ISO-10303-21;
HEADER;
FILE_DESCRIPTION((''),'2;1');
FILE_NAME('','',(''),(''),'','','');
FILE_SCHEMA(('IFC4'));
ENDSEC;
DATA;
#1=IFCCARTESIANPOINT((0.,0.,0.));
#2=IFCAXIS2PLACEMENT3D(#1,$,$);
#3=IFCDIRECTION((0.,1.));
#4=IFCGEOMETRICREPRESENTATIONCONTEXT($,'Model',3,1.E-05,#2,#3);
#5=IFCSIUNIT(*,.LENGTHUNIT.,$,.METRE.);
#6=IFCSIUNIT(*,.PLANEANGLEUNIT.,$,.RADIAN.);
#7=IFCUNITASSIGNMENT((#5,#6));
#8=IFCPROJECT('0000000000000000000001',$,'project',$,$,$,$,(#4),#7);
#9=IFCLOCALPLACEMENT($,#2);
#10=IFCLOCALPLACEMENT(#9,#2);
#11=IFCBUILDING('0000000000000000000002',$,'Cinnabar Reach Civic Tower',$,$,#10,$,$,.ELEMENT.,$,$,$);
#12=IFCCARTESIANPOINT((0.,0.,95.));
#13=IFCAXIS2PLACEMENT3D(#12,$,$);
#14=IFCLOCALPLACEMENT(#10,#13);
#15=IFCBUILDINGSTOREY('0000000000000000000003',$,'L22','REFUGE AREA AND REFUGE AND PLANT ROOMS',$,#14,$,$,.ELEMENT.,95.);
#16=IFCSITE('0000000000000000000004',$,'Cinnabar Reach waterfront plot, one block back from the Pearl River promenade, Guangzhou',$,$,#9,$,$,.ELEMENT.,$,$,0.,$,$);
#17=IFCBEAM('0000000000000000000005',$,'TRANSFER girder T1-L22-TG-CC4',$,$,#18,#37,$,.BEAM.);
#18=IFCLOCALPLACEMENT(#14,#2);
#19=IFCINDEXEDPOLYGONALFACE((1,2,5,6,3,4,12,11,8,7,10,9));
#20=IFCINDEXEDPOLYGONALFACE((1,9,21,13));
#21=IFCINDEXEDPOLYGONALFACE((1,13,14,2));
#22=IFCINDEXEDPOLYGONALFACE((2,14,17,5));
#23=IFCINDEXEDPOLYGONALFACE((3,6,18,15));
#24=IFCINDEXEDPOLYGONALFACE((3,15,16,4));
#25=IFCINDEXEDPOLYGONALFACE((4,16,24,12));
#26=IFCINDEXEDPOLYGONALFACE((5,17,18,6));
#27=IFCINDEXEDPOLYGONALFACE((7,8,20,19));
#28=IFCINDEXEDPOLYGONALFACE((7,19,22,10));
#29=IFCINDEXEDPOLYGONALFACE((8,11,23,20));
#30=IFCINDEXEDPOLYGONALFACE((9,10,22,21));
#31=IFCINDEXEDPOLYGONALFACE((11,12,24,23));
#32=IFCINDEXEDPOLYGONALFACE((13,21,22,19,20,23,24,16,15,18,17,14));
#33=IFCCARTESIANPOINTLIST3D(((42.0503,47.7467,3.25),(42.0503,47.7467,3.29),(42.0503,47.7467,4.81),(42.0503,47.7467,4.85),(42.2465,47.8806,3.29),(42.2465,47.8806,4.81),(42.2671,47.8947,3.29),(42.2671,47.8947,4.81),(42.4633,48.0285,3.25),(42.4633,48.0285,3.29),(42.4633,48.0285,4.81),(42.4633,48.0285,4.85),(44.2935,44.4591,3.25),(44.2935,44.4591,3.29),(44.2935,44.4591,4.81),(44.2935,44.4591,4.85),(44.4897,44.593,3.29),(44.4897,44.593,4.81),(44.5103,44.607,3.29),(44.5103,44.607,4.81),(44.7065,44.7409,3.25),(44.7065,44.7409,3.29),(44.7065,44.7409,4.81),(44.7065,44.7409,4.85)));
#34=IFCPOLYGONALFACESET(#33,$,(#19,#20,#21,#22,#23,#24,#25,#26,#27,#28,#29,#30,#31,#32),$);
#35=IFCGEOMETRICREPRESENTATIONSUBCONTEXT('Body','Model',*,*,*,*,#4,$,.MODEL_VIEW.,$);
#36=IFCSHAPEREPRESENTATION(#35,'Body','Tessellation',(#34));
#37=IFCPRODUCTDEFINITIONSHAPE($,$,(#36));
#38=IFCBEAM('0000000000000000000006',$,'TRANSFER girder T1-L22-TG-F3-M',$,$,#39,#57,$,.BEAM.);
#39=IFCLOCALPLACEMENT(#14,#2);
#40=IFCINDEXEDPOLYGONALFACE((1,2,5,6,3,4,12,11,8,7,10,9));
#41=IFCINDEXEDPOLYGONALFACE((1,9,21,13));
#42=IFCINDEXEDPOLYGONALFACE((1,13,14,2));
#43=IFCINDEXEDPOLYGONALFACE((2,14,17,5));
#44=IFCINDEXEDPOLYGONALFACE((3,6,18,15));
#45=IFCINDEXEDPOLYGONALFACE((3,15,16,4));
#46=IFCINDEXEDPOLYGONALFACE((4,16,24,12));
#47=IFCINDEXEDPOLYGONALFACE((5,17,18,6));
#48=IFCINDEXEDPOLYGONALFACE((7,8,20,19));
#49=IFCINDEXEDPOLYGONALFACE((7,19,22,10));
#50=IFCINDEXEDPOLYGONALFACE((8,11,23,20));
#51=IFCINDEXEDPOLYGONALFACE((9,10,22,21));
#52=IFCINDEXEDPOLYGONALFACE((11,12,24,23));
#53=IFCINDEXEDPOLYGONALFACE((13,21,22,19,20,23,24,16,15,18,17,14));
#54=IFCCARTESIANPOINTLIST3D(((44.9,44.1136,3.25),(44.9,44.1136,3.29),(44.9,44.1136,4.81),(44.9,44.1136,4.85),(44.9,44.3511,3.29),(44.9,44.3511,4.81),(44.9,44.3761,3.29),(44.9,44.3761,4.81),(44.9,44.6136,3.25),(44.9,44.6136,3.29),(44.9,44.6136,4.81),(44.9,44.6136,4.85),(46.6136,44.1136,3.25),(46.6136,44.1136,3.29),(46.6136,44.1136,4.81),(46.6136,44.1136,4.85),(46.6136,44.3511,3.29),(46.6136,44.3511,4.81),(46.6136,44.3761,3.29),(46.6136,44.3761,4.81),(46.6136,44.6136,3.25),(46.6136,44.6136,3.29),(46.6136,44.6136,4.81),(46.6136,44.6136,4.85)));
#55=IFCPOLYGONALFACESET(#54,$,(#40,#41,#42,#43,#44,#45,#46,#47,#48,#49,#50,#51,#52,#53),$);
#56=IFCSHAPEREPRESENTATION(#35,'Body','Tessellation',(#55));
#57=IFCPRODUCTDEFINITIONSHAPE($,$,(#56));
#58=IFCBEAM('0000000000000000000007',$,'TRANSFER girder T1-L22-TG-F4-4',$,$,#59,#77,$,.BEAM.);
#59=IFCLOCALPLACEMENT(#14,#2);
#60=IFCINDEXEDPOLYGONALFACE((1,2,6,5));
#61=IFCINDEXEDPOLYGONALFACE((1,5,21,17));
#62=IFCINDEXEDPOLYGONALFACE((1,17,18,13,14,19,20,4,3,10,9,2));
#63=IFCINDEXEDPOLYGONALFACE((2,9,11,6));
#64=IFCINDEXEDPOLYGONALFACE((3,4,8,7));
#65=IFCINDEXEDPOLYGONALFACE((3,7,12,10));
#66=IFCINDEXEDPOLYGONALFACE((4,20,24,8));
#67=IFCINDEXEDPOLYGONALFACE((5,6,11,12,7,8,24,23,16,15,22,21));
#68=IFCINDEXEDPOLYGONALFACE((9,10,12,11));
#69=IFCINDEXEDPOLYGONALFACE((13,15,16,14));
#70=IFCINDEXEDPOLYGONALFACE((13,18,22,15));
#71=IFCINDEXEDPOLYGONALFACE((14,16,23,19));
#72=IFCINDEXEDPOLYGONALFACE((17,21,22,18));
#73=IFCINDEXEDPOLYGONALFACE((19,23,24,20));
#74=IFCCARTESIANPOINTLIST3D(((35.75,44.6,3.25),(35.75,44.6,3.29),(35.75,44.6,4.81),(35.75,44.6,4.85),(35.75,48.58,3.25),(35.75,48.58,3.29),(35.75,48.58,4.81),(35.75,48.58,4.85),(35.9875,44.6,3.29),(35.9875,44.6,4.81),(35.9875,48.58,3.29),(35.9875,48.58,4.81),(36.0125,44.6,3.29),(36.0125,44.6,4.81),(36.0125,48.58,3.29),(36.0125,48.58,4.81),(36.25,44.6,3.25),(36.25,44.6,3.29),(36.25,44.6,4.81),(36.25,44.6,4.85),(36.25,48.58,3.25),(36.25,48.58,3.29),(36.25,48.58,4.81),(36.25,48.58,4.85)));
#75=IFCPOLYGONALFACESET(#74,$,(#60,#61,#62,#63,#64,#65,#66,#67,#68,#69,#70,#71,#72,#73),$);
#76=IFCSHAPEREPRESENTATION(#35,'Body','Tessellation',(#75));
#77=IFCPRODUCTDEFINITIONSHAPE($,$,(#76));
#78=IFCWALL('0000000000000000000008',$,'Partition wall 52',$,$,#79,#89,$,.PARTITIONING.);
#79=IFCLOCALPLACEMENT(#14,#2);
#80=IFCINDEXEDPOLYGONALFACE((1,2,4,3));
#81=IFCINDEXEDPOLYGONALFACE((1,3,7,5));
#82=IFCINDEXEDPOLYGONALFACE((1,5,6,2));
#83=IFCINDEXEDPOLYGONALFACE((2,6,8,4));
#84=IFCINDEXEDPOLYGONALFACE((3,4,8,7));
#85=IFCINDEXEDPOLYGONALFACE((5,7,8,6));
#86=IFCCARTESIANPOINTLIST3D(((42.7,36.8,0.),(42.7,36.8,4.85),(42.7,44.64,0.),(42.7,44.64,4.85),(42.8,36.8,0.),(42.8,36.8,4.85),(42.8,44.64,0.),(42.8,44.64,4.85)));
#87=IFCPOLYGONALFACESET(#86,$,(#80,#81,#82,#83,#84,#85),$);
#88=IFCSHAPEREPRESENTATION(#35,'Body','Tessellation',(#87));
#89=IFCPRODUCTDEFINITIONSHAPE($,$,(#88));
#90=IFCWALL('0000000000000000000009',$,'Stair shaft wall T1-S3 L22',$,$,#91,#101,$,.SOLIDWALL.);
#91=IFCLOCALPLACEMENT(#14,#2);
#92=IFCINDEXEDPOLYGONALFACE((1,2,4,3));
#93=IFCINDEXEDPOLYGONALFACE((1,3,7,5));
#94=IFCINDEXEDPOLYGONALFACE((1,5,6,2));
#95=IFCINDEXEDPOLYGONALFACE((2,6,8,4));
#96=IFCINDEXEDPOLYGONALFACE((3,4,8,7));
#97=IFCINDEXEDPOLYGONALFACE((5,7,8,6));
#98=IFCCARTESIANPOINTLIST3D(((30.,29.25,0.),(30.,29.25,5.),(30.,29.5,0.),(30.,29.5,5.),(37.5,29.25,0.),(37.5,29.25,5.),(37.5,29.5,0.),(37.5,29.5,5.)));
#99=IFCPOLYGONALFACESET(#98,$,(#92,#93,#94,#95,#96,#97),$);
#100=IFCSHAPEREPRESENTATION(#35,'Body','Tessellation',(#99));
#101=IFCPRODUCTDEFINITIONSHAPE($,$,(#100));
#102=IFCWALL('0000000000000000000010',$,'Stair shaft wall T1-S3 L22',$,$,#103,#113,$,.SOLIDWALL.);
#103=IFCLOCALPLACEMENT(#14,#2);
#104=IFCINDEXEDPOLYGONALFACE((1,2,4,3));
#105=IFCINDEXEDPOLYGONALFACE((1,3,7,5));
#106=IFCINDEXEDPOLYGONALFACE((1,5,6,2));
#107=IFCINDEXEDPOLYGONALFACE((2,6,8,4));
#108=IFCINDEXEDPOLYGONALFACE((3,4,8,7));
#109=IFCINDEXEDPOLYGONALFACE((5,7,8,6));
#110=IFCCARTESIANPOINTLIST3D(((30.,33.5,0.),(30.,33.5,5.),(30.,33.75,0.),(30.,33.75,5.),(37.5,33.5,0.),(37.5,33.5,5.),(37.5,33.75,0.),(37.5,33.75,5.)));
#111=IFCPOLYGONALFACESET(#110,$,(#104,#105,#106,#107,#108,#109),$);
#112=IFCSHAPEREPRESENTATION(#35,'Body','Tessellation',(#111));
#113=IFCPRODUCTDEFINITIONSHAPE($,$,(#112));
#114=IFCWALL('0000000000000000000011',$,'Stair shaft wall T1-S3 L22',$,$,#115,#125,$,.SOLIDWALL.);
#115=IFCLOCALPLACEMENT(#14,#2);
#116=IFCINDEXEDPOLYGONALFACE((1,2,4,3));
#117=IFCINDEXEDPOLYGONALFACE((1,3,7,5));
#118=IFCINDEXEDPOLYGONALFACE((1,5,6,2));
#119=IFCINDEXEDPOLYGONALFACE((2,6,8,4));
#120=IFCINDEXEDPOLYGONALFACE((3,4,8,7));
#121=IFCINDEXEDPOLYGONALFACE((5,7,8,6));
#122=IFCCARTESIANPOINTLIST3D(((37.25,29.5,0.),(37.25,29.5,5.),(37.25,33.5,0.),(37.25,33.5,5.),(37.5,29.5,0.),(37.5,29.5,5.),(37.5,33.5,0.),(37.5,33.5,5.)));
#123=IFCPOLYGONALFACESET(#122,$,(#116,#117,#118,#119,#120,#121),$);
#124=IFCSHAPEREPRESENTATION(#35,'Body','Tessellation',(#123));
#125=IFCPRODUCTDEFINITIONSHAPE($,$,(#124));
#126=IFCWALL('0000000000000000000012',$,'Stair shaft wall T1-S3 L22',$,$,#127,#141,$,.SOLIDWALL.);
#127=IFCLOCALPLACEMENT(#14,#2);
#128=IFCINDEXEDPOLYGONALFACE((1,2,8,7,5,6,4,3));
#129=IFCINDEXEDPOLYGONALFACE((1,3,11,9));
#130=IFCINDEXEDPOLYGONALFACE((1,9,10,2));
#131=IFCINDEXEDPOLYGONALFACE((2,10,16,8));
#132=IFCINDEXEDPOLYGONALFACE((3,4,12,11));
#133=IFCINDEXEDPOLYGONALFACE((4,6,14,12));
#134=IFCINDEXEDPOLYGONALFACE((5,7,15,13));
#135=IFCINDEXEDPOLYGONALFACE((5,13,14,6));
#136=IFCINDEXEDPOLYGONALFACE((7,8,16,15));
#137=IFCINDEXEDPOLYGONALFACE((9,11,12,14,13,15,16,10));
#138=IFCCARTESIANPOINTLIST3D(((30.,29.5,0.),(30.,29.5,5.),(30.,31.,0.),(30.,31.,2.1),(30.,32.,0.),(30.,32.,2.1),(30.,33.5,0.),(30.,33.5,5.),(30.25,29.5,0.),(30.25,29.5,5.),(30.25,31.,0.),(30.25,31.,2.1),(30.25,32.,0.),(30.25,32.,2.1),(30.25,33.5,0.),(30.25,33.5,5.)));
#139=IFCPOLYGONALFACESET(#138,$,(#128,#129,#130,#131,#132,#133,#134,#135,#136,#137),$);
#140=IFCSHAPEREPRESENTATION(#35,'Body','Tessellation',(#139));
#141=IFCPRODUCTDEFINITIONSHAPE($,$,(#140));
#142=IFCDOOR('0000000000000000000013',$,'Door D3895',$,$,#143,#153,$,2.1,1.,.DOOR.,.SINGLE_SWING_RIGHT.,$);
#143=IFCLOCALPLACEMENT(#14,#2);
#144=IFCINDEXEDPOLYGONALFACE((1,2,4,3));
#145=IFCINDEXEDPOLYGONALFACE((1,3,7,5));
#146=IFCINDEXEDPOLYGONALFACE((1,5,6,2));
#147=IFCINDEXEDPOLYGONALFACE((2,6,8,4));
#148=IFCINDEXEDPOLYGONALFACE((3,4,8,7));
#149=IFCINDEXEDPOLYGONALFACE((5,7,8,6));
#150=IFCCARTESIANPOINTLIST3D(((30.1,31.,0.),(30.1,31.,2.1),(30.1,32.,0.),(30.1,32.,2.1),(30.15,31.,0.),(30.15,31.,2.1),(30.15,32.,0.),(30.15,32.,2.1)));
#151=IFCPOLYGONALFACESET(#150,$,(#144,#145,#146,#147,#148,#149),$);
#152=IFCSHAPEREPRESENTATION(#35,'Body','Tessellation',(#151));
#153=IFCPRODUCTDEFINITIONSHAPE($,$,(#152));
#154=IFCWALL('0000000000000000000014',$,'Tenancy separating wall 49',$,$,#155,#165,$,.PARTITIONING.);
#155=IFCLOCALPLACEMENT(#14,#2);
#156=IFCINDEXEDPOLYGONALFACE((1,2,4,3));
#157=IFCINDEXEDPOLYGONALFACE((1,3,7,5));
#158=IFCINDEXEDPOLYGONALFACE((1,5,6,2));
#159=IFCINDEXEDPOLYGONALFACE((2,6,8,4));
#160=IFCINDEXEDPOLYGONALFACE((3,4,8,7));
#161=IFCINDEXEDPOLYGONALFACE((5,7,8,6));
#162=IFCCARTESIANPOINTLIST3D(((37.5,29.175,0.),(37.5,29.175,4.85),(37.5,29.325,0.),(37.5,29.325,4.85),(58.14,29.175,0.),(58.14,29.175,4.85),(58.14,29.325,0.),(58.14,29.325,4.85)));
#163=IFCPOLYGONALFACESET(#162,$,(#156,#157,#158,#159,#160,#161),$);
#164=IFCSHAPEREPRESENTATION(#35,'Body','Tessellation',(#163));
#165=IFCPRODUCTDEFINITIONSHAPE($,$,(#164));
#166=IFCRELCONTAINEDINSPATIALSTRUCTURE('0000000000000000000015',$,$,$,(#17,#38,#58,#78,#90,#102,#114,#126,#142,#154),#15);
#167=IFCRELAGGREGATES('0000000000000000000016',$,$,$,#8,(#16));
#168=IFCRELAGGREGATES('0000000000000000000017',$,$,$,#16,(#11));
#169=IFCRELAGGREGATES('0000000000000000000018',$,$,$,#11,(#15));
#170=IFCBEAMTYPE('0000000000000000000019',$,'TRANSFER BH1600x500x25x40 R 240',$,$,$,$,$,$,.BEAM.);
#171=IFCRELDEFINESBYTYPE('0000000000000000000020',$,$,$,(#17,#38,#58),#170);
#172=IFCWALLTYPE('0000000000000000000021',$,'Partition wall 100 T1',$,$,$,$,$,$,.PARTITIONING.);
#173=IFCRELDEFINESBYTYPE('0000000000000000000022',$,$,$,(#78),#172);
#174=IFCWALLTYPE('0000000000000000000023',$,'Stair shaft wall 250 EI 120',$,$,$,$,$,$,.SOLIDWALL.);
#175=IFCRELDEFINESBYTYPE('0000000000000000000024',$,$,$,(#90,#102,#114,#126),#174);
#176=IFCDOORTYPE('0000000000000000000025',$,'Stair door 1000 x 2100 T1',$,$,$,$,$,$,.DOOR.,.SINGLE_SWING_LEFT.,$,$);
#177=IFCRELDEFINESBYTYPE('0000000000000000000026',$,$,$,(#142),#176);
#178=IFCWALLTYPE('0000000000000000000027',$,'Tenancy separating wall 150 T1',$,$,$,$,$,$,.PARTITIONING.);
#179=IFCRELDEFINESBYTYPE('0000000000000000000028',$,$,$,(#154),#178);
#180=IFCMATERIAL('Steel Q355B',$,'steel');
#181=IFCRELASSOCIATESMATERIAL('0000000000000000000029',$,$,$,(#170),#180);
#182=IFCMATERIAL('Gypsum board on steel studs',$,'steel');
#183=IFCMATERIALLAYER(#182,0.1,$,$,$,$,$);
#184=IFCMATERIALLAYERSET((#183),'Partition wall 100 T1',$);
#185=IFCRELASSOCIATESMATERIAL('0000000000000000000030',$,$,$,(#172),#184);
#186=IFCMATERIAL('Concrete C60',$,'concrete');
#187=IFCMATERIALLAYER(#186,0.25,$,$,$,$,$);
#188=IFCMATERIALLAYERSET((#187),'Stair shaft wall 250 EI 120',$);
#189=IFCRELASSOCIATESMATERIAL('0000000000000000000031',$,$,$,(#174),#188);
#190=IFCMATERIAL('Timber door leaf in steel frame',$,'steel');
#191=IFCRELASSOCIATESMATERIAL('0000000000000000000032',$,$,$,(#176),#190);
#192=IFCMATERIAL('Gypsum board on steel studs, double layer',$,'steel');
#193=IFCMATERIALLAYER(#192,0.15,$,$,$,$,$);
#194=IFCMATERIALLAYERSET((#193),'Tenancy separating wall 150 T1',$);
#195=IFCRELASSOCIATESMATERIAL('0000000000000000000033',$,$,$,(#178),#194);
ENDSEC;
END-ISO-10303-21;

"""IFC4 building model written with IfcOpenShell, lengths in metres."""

from ifc_helpers import new_model, si_unit, direction, frame, frame_2d, origin, origin_2d, place, context, subcontext, project, spatial, rectangle, i_section, extrude, material, layer, layer_set, material_profile, profile_set, type_object, element, fill, save


model = new_model("IFC4")

# Units and contexts
model_context = context("Model", 3, precision=1e-05, world=origin(), true_north=direction((0.0, 1.0)))
body_context = subcontext(model_context, "Body", "Model", "MODEL_VIEW")
ifc_project = project(units=[si_unit("LENGTHUNIT", "METRE"), si_unit("PLANEANGLEUNIT", "RADIAN")], contexts=[model_context])

# Site, building, storey
site_placement = place(None, origin())
site = spatial("IfcSite", under=ifc_project, at=site_placement, Name="Cinnabar Reach waterfront plot, one block back from the Pearl River promenade, Guangzhou", CompositionType="ELEMENT", RefElevation=0.0)
building_placement = place(site_placement, origin())
building = spatial("IfcBuilding", under=site, at=building_placement, Name="Cinnabar Reach Civic Tower", CompositionType="ELEMENT")
storey_placement = place(building_placement, frame((0.0, 0.0, 95.0)))
storey = spatial("IfcBuildingStorey", under=building, at=storey_placement, Name="L22", Description="REFUGE AREA AND REFUGE AND PLANT ROOMS", CompositionType="ELEMENT", Elevation=95.0)

# Beams
ifc_material_1 = material(Name="Steel Q355B", Category="steel")
ifc_material_profile_1 = material_profile(ifc_material_1, i_section(OverallWidth=0.5, OverallDepth=1.6, WebThickness=0.025, FlangeThickness=0.04, at=origin_2d()), Name="BH1600x500x25x40")
ifc_profile_set_1 = profile_set([ifc_material_profile_1], Name="Steel Q355B")
beam_type_1 = type_object("IfcBeamType", Name="TRANSFER BH1600x500x25x40 R 240", PredefinedType="BEAM", material=ifc_profile_set_1)
beam_1_placement = place(storey_placement, frame((44.5, 44.6, 4.05), z_axis=(-0.563621, 0.826034, 0.0), x_axis=(-0.826034, -0.563621, 0.0)))
element("IfcBeam", 1, at=beam_1_placement, inside=storey, type_object=beam_type_1, Name="TRANSFER girder T1-L22-TG-CC4", PredefinedType="BEAM", context=body_context, shape_type="SweptSolid", body=[
    extrude(i_section(OverallWidth=0.5, OverallDepth=1.6, WebThickness=0.025, FlangeThickness=0.04, at=origin_2d()), origin(), (0.0, 0.0, 1.0), 3.98),
])
beam_2_placement = place(storey_placement, frame((44.9, 44.3636, 4.05), z_axis=(1.0, 0.0, 0.0), x_axis=(0.0, 1.0, 0.0)))
element("IfcBeam", 2, at=beam_2_placement, inside=storey, type_object=beam_type_1, Name="TRANSFER girder T1-L22-TG-F3-M", PredefinedType="BEAM", context=body_context, shape_type="SweptSolid", body=[
    extrude(i_section(OverallWidth=0.5, OverallDepth=1.6, WebThickness=0.025, FlangeThickness=0.04, at=origin_2d()), origin(), (0.0, 0.0, 1.0), 1.7136),
])
beam_3_placement = place(storey_placement, frame((36.0, 44.6, 4.05), z_axis=(0.0, 1.0, 0.0), x_axis=(-1.0, 0.0, 0.0)))
element("IfcBeam", 3, at=beam_3_placement, inside=storey, type_object=beam_type_1, Name="TRANSFER girder T1-L22-TG-F4-4", PredefinedType="BEAM", context=body_context, shape_type="SweptSolid", body=[
    extrude(i_section(OverallWidth=0.5, OverallDepth=1.6, WebThickness=0.025, FlangeThickness=0.04, at=origin_2d()), origin(), (0.0, 0.0, 1.0), 3.98),
])

# Walls
ifc_material_2 = material(Name="Gypsum board on steel studs", Category="steel")
ifc_layer_1 = layer(ifc_material_2, 0.1)
ifc_layer_set_1 = layer_set([ifc_layer_1], Name="Partition wall 100 T1")
wall_type_1 = type_object("IfcWallType", Name="Partition wall 100 T1", PredefinedType="PARTITIONING", material=ifc_layer_set_1)
wall_1_placement = place(storey_placement, frame((42.75, 36.8, 0.0), z_axis=(0.0, 0.0, 1.0), x_axis=(0.0, 1.0, 0.0)))
element("IfcWall", 4, at=wall_1_placement, inside=storey, type_object=wall_type_1, Name="Partition wall 52", PredefinedType="PARTITIONING", context=body_context, shape_type="SweptSolid", body=[
    extrude(rectangle(XDim=7.84, YDim=0.1, at=frame_2d((3.92, 0.0))), origin(), (0.0, 0.0, 1.0), 4.85),
])
ifc_material_3 = material(Name="Concrete C60", Category="concrete")
ifc_layer_2 = layer(ifc_material_3, 0.25)
ifc_layer_set_2 = layer_set([ifc_layer_2], Name="Stair shaft wall 250 EI 120")
wall_type_2 = type_object("IfcWallType", Name="Stair shaft wall 250 EI 120", PredefinedType="SOLIDWALL", material=ifc_layer_set_2)
for number, where, z_axis, x_axis, name in (
    (5, (30.0, 29.375, 0.0), (0.0, 0.0, 1.0), (1.0, 0.0, 0.0), "Stair shaft wall T1-S3 L22"),
    (6, (37.5, 33.625, 0.0), (0.0, 0.0, 1.0), (-1.0, 0.0, 0.0), "Stair shaft wall T1-S3 L22"),
):
    element("IfcWall", number, at=place(storey_placement, frame(where, z_axis=z_axis, x_axis=x_axis)), inside=storey, type_object=wall_type_2, Name=name, PredefinedType="SOLIDWALL", context=body_context, shape_type="SweptSolid", body=[
        extrude(rectangle(XDim=7.5, YDim=0.25, at=frame_2d((3.75, 0.0))), origin(), (0.0, 0.0, 1.0), 5.0),
    ])
wall_2_placement = place(storey_placement, frame((37.375, 29.5, 0.0), z_axis=(0.0, 0.0, 1.0), x_axis=(0.0, 1.0, 0.0)))
element("IfcWall", 7, at=wall_2_placement, inside=storey, type_object=wall_type_2, Name="Stair shaft wall T1-S3 L22", PredefinedType="SOLIDWALL", context=body_context, shape_type="SweptSolid", body=[
    extrude(rectangle(XDim=4.0, YDim=0.25, at=frame_2d((2.0, 0.0))), origin(), (0.0, 0.0, 1.0), 5.0),
])

# Wall, opening, door
wall_3_placement = place(storey_placement, frame((30.125, 33.5, 0.0), z_axis=(0.0, 0.0, 1.0), x_axis=(0.0, -1.0, 0.0)))
wall_3 = element("IfcWall", 8, at=wall_3_placement, inside=storey, type_object=wall_type_2, Name="Stair shaft wall T1-S3 L22", PredefinedType="SOLIDWALL", context=body_context, shape_type="SweptSolid", body=[
    extrude(rectangle(XDim=4.0, YDim=0.25, at=frame_2d((2.0, 0.0))), origin(), (0.0, 0.0, 1.0), 5.0),
])
opening_placement = place(wall_3_placement, frame((1.5, 0.0, 0.0)))
opening = element("IfcOpeningElement", 9, at=opening_placement, cuts=wall_3, PredefinedType="OPENING", context=body_context, shape_type="SweptSolid", body=[
    extrude(rectangle(XDim=1.0, YDim=2.1, at=frame_2d((0.5, 1.05))), frame((0.0, 0.135, 0.0), z_axis=(0.0, -1.0, 0.0), x_axis=(1.0, 0.0, 0.0)), (0.0, 0.0, 1.0), 0.27),
])
ifc_material_4 = material(Name="Timber door leaf in steel frame", Category="steel")
door_type = type_object("IfcDoorType", Name="Stair door 1000 x 2100 T1", OperationType="SINGLE_SWING_LEFT", PredefinedType="DOOR", material=ifc_material_4)
door_placement = place(opening_placement, origin())
door = element("IfcDoor", 10, at=door_placement, inside=storey, type_object=door_type, Name="Door D3895", OperationType="SINGLE_SWING_RIGHT", OverallHeight=2.1, OverallWidth=1.0, PredefinedType="DOOR", context=body_context, shape_type="SweptSolid", body=[
    extrude(rectangle(XDim=1.0, YDim=2.1, at=frame_2d((0.5, 1.05))), frame((0.0, 0.025, 0.0), z_axis=(0.0, -1.0, 0.0), x_axis=(1.0, 0.0, 0.0)), (0.0, 0.0, 1.0), 0.05),
])
fill(opening, door)

# Wall
ifc_material_5 = material(Name="Gypsum board on steel studs, double layer", Category="steel")
ifc_layer_3 = layer(ifc_material_5, 0.15)
ifc_layer_set_3 = layer_set([ifc_layer_3], Name="Tenancy separating wall 150 T1")
wall_type_3 = type_object("IfcWallType", Name="Tenancy separating wall 150 T1", PredefinedType="PARTITIONING", material=ifc_layer_set_3)
wall_4_placement = place(storey_placement, frame((37.5, 29.25, 0.0), z_axis=(0.0, 0.0, 1.0), x_axis=(1.0, 0.0, 0.0)))
element("IfcWall", 11, at=wall_4_placement, inside=storey, type_object=wall_type_3, Name="Tenancy separating wall 49", PredefinedType="PARTITIONING", context=body_context, shape_type="SweptSolid", body=[
    extrude(rectangle(XDim=20.64, YDim=0.15, at=frame_2d((10.32, 0.0))), origin(), (0.0, 0.0, 1.0), 4.85),
])

save(model, "model.ifc")
